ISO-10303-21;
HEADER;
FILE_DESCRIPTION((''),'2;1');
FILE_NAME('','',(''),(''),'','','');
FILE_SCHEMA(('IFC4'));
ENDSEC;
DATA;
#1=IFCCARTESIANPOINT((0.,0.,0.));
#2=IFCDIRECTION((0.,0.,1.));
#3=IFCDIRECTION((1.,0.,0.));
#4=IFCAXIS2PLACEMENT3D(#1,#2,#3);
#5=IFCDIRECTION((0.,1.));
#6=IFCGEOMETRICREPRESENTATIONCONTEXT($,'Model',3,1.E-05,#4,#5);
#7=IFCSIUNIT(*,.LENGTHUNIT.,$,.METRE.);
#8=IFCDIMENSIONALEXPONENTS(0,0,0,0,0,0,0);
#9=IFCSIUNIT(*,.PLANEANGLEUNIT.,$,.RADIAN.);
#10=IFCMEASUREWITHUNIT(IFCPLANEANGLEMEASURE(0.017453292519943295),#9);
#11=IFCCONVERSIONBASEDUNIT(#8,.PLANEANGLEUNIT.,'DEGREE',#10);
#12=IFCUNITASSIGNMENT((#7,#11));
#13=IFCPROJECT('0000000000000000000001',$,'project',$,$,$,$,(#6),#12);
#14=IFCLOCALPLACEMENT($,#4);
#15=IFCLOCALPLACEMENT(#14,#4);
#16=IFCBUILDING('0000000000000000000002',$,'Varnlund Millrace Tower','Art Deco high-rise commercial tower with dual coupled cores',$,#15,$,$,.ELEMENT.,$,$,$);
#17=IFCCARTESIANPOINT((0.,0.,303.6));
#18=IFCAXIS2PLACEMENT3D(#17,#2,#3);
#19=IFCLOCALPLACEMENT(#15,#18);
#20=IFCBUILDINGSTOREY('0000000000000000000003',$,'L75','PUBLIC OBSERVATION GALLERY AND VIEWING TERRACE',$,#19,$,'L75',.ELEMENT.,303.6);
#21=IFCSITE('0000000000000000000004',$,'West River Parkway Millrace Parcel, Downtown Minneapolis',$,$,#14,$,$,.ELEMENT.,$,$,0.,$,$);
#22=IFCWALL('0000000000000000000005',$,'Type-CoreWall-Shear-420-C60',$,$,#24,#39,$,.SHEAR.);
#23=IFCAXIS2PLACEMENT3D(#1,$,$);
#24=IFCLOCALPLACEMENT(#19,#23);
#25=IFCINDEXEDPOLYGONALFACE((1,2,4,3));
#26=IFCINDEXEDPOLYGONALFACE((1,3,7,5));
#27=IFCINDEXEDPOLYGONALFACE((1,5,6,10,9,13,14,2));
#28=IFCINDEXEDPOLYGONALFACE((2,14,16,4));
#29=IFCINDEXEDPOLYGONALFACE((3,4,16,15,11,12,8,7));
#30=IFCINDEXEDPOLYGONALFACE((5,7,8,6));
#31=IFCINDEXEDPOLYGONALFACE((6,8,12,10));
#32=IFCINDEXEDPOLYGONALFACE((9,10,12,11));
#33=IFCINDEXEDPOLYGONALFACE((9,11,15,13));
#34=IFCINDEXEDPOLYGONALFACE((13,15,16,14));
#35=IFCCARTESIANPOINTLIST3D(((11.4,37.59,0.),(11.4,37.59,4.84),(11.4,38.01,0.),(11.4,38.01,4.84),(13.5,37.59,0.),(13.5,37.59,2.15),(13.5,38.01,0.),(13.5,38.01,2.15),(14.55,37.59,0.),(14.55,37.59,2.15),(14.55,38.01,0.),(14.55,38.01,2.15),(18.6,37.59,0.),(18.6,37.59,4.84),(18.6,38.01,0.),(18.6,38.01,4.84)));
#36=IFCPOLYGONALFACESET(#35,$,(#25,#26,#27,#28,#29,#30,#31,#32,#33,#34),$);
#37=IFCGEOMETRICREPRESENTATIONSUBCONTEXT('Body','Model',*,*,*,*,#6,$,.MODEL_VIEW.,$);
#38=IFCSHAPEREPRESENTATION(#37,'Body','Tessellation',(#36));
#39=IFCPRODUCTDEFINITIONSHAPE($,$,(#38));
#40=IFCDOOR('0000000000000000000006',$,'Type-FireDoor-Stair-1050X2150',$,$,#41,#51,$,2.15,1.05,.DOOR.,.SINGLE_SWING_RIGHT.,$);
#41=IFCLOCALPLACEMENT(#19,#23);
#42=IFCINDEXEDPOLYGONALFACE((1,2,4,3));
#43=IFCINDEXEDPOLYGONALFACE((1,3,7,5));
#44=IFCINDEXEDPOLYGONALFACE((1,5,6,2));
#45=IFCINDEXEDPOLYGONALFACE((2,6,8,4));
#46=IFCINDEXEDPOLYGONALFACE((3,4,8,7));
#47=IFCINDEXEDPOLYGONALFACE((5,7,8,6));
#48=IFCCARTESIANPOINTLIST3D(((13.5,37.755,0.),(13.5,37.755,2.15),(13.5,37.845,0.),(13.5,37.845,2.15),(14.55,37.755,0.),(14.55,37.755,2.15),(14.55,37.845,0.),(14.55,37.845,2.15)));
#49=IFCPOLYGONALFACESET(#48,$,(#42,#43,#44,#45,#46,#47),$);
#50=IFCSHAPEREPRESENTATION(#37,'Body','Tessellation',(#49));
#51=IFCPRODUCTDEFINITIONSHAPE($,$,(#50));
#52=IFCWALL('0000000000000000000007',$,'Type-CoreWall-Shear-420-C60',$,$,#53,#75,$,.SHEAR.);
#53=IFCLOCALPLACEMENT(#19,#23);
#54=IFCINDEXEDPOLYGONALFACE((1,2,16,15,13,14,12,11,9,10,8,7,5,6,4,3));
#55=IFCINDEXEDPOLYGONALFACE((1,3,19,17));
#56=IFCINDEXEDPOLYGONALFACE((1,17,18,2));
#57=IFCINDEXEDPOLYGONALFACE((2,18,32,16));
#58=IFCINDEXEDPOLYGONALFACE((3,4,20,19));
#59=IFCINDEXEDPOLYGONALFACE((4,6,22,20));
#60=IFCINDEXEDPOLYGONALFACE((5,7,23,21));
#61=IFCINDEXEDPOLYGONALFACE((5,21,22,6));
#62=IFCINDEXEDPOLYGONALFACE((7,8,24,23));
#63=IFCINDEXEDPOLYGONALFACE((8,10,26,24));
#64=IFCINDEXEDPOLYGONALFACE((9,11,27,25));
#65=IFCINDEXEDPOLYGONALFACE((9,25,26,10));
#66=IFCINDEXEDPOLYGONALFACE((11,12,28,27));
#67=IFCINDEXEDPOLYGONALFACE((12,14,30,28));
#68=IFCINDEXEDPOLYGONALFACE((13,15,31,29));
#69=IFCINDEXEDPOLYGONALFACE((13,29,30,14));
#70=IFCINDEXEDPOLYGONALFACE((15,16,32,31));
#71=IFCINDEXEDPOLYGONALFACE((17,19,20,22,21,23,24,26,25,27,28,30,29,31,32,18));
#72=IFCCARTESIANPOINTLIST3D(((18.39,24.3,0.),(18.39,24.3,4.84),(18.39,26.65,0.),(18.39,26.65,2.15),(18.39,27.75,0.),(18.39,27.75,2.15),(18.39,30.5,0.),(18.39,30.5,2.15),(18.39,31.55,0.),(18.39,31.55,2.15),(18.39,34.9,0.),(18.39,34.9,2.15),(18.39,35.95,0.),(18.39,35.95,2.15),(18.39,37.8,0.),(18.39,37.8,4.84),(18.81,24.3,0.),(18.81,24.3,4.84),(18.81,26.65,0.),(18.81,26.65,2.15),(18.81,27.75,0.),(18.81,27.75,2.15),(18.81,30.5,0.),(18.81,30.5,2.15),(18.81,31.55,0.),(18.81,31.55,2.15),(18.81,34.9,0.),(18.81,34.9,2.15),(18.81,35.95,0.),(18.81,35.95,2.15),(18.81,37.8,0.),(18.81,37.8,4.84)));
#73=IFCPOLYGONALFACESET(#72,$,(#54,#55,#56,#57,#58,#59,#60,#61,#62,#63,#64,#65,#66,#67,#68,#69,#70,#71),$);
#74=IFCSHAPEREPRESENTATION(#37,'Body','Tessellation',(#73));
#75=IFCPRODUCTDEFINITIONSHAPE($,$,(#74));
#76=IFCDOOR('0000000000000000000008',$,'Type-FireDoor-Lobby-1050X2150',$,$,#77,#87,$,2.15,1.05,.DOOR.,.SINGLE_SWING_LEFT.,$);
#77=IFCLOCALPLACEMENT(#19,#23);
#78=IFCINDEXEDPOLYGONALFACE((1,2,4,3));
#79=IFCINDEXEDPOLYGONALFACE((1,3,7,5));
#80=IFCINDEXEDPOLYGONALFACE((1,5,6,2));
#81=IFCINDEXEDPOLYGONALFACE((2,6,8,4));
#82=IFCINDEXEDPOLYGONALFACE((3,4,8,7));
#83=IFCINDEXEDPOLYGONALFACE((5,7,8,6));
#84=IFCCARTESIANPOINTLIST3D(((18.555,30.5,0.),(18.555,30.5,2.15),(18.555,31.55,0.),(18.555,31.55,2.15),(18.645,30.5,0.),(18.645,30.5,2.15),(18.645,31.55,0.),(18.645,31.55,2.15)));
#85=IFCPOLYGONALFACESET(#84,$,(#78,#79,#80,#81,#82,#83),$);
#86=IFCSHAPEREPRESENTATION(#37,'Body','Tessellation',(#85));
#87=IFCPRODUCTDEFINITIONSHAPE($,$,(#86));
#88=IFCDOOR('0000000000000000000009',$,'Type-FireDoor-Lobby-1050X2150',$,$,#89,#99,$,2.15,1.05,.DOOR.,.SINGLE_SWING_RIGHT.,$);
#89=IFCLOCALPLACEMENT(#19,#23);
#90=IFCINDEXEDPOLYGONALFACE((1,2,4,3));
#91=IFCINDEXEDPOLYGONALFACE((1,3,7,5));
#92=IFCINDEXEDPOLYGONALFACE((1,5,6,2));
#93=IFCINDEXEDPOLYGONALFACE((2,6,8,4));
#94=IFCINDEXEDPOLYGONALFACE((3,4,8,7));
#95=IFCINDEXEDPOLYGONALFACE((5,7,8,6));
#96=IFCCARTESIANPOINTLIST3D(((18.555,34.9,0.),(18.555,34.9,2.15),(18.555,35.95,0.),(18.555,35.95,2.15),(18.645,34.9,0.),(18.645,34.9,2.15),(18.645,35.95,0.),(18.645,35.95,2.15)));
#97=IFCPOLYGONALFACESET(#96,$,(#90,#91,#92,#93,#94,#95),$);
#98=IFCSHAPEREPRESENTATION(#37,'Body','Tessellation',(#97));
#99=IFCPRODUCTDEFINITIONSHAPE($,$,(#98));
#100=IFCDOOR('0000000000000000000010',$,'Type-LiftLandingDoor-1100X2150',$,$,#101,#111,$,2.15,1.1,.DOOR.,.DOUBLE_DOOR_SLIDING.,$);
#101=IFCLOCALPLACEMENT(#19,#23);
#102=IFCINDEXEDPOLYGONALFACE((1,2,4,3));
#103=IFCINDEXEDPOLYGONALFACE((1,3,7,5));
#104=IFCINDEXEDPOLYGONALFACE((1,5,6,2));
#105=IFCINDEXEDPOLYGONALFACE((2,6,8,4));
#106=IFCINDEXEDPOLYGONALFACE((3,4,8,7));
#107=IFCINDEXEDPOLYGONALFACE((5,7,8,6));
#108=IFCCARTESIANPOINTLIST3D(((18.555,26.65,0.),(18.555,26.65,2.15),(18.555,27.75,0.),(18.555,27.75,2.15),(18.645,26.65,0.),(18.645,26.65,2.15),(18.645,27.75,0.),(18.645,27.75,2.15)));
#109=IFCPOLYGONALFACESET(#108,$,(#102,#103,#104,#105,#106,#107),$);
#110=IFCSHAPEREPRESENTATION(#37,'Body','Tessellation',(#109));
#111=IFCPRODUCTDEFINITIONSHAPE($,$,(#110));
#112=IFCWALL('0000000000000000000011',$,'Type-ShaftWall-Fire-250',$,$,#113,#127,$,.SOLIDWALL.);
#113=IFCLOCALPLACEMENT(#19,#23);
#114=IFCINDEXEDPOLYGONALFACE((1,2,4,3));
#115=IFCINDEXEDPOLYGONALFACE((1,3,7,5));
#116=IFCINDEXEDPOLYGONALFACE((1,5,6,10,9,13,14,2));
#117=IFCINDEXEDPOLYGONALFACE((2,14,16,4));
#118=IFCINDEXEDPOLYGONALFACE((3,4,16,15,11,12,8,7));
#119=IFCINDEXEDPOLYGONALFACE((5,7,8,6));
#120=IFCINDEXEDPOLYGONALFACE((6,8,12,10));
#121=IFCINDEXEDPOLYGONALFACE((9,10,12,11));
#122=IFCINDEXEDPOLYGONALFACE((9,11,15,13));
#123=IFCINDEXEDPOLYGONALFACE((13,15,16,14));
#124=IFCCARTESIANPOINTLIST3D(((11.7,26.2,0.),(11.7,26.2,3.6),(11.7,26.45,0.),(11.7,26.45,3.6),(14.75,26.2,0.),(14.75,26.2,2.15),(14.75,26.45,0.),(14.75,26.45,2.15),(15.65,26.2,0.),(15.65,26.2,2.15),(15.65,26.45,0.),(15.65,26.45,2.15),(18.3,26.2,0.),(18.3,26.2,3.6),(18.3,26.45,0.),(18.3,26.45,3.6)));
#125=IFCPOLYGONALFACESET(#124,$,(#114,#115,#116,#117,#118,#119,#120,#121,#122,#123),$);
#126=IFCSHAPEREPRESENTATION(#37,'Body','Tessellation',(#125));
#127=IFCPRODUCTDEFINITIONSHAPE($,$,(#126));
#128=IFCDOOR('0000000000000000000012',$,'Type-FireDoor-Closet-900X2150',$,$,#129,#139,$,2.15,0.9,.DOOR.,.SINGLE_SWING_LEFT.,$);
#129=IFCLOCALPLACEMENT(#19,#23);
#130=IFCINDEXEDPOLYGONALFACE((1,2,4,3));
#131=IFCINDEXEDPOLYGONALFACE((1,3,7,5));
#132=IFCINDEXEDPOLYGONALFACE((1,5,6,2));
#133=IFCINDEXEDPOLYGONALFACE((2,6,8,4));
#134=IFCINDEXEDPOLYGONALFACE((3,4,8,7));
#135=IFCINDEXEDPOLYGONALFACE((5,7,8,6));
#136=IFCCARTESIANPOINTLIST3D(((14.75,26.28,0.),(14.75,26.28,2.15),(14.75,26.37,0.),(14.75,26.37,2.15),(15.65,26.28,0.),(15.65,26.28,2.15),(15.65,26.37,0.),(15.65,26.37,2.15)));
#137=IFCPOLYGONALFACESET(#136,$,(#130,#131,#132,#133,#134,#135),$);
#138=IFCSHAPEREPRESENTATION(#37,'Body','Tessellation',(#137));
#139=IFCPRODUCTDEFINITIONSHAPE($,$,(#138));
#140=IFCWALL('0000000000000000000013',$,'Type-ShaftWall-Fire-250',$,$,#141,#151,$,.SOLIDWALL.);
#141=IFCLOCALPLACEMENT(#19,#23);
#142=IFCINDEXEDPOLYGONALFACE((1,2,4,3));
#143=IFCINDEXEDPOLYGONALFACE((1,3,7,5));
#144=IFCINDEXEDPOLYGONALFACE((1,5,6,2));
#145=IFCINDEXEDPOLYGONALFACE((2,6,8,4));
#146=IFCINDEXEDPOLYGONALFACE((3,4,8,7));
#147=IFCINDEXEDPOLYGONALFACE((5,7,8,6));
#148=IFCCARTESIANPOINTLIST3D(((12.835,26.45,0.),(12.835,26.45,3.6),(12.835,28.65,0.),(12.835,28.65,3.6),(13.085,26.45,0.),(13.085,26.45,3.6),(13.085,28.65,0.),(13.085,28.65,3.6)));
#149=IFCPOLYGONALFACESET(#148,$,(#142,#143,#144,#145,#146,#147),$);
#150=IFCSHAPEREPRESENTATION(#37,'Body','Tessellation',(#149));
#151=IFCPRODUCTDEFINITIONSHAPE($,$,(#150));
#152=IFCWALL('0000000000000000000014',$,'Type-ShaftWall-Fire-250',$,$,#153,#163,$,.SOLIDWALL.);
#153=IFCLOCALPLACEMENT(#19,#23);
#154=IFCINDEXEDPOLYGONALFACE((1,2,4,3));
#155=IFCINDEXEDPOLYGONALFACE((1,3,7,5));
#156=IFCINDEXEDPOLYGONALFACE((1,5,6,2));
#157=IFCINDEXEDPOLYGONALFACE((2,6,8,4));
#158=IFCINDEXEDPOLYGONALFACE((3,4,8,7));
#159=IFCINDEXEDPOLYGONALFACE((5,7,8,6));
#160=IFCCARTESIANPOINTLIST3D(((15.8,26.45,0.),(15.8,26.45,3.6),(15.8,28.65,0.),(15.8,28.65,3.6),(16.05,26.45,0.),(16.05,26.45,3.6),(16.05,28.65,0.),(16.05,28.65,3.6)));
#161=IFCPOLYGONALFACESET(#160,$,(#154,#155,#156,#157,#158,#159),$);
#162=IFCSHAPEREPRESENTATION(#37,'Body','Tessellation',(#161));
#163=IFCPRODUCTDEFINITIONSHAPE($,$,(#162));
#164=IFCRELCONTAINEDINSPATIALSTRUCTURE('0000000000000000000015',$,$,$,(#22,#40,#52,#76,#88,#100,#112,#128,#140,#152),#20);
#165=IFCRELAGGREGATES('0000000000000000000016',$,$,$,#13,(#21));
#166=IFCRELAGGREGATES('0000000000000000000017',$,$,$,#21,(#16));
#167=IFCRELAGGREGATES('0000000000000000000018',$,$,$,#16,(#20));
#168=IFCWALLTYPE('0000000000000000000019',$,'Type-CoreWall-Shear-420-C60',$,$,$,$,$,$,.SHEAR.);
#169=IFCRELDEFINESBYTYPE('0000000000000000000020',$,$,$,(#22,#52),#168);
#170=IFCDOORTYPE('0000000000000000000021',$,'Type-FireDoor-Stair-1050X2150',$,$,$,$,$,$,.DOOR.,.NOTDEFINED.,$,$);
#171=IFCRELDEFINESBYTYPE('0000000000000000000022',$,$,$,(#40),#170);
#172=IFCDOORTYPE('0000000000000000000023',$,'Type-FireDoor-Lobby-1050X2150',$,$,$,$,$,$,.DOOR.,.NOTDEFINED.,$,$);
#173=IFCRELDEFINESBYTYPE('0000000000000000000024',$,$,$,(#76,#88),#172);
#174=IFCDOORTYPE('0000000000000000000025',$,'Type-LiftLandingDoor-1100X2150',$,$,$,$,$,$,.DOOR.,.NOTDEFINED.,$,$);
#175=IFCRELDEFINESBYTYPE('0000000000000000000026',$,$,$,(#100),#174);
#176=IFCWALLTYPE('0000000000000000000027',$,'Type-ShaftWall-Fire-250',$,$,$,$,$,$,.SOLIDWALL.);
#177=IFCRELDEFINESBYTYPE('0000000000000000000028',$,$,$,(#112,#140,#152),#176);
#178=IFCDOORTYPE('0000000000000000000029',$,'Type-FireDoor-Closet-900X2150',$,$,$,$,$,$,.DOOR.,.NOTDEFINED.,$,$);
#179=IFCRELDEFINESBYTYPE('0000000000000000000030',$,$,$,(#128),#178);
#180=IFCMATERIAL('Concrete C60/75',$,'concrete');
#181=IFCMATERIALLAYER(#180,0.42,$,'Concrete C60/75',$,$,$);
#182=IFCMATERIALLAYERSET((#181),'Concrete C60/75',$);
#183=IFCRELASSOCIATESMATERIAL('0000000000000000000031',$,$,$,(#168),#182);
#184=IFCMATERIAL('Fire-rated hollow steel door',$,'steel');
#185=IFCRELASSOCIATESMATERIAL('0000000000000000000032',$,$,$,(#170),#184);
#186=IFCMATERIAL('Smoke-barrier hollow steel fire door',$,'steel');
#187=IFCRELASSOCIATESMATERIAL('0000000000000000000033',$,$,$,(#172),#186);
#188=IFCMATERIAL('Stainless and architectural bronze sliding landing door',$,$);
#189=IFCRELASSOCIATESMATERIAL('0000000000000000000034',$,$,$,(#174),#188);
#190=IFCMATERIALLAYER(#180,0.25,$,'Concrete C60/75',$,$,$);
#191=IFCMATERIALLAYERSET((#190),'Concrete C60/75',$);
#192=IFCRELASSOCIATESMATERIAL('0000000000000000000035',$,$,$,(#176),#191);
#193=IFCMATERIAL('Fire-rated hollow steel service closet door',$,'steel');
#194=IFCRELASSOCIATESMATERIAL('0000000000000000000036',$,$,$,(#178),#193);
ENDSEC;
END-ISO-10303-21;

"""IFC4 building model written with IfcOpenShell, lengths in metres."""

from ifc_helpers import new_model, entity, si_unit, converted_unit, direction, frame, origin_with_axes, origin_2d_with_axis, place, context, subcontext, project, spatial, polyline, rectangle, outline, extrude, material, layer, layer_set, type_object, element, fill, save


model = new_model("IFC4")

# Units and contexts
model_context = context("Model", 3, precision=1e-05, world=origin_with_axes(), true_north=direction((0.0, 1.0)))
body_context = subcontext(model_context, "Body", "Model", "MODEL_VIEW")
ifc_project = project(units=[si_unit("LENGTHUNIT", "METRE"), converted_unit("PLANEANGLEUNIT", "DEGREE", entity("IfcPlaneAngleMeasure", 0.017453292519943295), si_unit("PLANEANGLEUNIT", "RADIAN"), dimensions=[0, 0, 0, 0, 0, 0, 0])], contexts=[model_context])

# Site, building, storey
site_placement = place(None, origin_with_axes())
site = spatial("IfcSite", under=ifc_project, at=site_placement, Name="West River Parkway Millrace Parcel, Downtown Minneapolis", CompositionType="ELEMENT", RefElevation=0.0)
building_placement = place(site_placement, origin_with_axes())
building = spatial("IfcBuilding", under=site, at=building_placement, Name="Varnlund Millrace Tower", Description="Art Deco high-rise commercial tower with dual coupled cores", CompositionType="ELEMENT")
storey_placement = place(building_placement, frame((0.0, 0.0, 303.6), z_axis=(0.0, 0.0, 1.0), x_axis=(1.0, 0.0, 0.0)))
storey = spatial("IfcBuildingStorey", under=building, at=storey_placement, Name="L75", Description="PUBLIC OBSERVATION GALLERY AND VIEWING TERRACE", LongName="L75", CompositionType="ELEMENT", Elevation=303.6)

# Wall, opening, door
ifc_material_1 = material(Name="Concrete C60/75", Category="concrete")
ifc_layer_1 = layer(ifc_material_1, 0.42, Name="Concrete C60/75")
ifc_layer_set_1 = layer_set([ifc_layer_1], Name="Concrete C60/75")
wall_type_1 = type_object("IfcWallType", Name="Type-CoreWall-Shear-420-C60", PredefinedType="SHEAR", material=ifc_layer_set_1)
wall_1_placement = place(storey_placement, frame((11.4, 37.8, 0.0), z_axis=(0.0, 0.0, 1.0), x_axis=(1.0, 0.0, 0.0)))
wall_1 = element("IfcWall", 1, at=wall_1_placement, inside=storey, type_object=wall_type_1, Name="Type-CoreWall-Shear-420-C60", PredefinedType="SHEAR", context=body_context, shape_type="SweptSolid", body=[
    extrude(outline(polyline([(0.0, -0.21), (7.2, -0.21), (7.2, 0.21), (0.0, 0.21), (0.0, -0.21)])), origin_with_axes(), (0.0, 0.0, 1.0), 4.84),
])
opening_1_placement = place(wall_1_placement, frame((2.625, 0.0, 0.0), z_axis=(0.0, 0.0, 1.0), x_axis=(1.0, 0.0, 0.0)))
opening_1 = element("IfcOpeningElement", 2, at=opening_1_placement, cuts=wall_1, PredefinedType="OPENING", context=body_context, shape_type="SweptSolid", body=[
    extrude(rectangle(XDim=1.05, YDim=0.44, at=origin_2d_with_axis()), origin_with_axes(), (0.0, 0.0, 1.0), 2.15),
])
ifc_material_2 = material(Name="Fire-rated hollow steel door", Category="steel")
door_type_1 = type_object("IfcDoorType", Name="Type-FireDoor-Stair-1050X2150", OperationType="NOTDEFINED", PredefinedType="DOOR", material=ifc_material_2)
door_1_placement = place(wall_1_placement, frame((2.625, 0.0, 0.0), z_axis=(0.0, 0.0, 1.0), x_axis=(1.0, 0.0, 0.0)))
door_1 = element("IfcDoor", 3, at=door_1_placement, inside=storey, type_object=door_type_1, Name="Type-FireDoor-Stair-1050X2150", OperationType="SINGLE_SWING_RIGHT", OverallHeight=2.15, OverallWidth=1.05, PredefinedType="DOOR", context=body_context, shape_type="SweptSolid", body=[
    extrude(rectangle(XDim=1.05, YDim=0.09, at=origin_2d_with_axis()), origin_with_axes(), (0.0, 0.0, 1.0), 2.15),
])
fill(opening_1, door_1)

# Wall, openings, doors
wall_2_placement = place(storey_placement, frame((18.6, 24.3, 0.0), z_axis=(0.0, 0.0, 1.0), x_axis=(0.0, 1.0, 0.0)))
wall_2 = element("IfcWall", 4, at=wall_2_placement, inside=storey, type_object=wall_type_1, Name="Type-CoreWall-Shear-420-C60", PredefinedType="SHEAR", context=body_context, shape_type="SweptSolid", body=[
    extrude(outline(polyline([(0.0, -0.21), (13.5, -0.21), (13.5, 0.21), (0.0, 0.21), (0.0, -0.21)])), origin_with_axes(), (0.0, 0.0, 1.0), 4.84),
])
opening_2_placement = place(wall_2_placement, frame((2.9, 0.0, 0.0), z_axis=(0.0, 0.0, 1.0), x_axis=(1.0, 0.0, 0.0)))
opening_2 = element("IfcOpeningElement", 5, at=opening_2_placement, cuts=wall_2, PredefinedType="OPENING", context=body_context, shape_type="SweptSolid", body=[
    extrude(rectangle(XDim=1.1, YDim=0.44, at=origin_2d_with_axis()), origin_with_axes(), (0.0, 0.0, 1.0), 2.15),
])
opening_3_placement = place(wall_2_placement, frame((6.725, 0.0, 0.0), z_axis=(0.0, 0.0, 1.0), x_axis=(1.0, 0.0, 0.0)))
opening_3 = element("IfcOpeningElement", 6, at=opening_3_placement, cuts=wall_2, PredefinedType="OPENING", context=body_context, shape_type="SweptSolid", body=[
    extrude(rectangle(XDim=1.05, YDim=0.44, at=origin_2d_with_axis()), origin_with_axes(), (0.0, 0.0, 1.0), 2.15),
])
opening_4_placement = place(wall_2_placement, frame((11.125, 0.0, 0.0), z_axis=(0.0, 0.0, 1.0), x_axis=(1.0, 0.0, 0.0)))
opening_4 = element("IfcOpeningElement", 7, at=opening_4_placement, cuts=wall_2, PredefinedType="OPENING", context=body_context, shape_type="SweptSolid", body=[
    extrude(rectangle(XDim=1.05, YDim=0.44, at=origin_2d_with_axis()), origin_with_axes(), (0.0, 0.0, 1.0), 2.15),
])
ifc_material_3 = material(Name="Smoke-barrier hollow steel fire door", Category="steel")
door_type_2 = type_object("IfcDoorType", Name="Type-FireDoor-Lobby-1050X2150", OperationType="NOTDEFINED", PredefinedType="DOOR", material=ifc_material_3)
door_2_placement = place(wall_2_placement, frame((6.725, 0.0, 0.0), z_axis=(0.0, 0.0, 1.0), x_axis=(1.0, 0.0, 0.0)))
door_2 = element("IfcDoor", 8, at=door_2_placement, inside=storey, type_object=door_type_2, Name="Type-FireDoor-Lobby-1050X2150", OperationType="SINGLE_SWING_LEFT", OverallHeight=2.15, OverallWidth=1.05, PredefinedType="DOOR", context=body_context, shape_type="SweptSolid", body=[
    extrude(rectangle(XDim=1.05, YDim=0.09, at=origin_2d_with_axis()), origin_with_axes(), (0.0, 0.0, 1.0), 2.15),
])
fill(opening_3, door_2)
door_3_placement = place(wall_2_placement, frame((11.125, 0.0, 0.0), z_axis=(0.0, 0.0, 1.0), x_axis=(1.0, 0.0, 0.0)))
door_3 = element("IfcDoor", 9, at=door_3_placement, inside=storey, type_object=door_type_2, Name="Type-FireDoor-Lobby-1050X2150", OperationType="SINGLE_SWING_RIGHT", OverallHeight=2.15, OverallWidth=1.05, PredefinedType="DOOR", context=body_context, shape_type="SweptSolid", body=[
    extrude(rectangle(XDim=1.05, YDim=0.09, at=origin_2d_with_axis()), origin_with_axes(), (0.0, 0.0, 1.0), 2.15),
])
fill(opening_4, door_3)
ifc_material_4 = material(Name="Stainless and architectural bronze sliding landing door")
door_type_3 = type_object("IfcDoorType", Name="Type-LiftLandingDoor-1100X2150", OperationType="NOTDEFINED", PredefinedType="DOOR", material=ifc_material_4)
door_4_placement = place(wall_2_placement, frame((2.9, 0.0, 0.0), z_axis=(0.0, 0.0, 1.0), x_axis=(1.0, 0.0, 0.0)))
door_4 = element("IfcDoor", 10, at=door_4_placement, inside=storey, type_object=door_type_3, Name="Type-LiftLandingDoor-1100X2150", OperationType="DOUBLE_DOOR_SLIDING", OverallHeight=2.15, OverallWidth=1.1, PredefinedType="DOOR", context=body_context, shape_type="SweptSolid", body=[
    extrude(rectangle(XDim=1.1, YDim=0.09, at=origin_2d_with_axis()), origin_with_axes(), (0.0, 0.0, 1.0), 2.15),
])
fill(opening_2, door_4)

# Wall, opening, door
ifc_layer_2 = layer(ifc_material_1, 0.25, Name="Concrete C60/75")
ifc_layer_set_2 = layer_set([ifc_layer_2], Name="Concrete C60/75")
wall_type_2 = type_object("IfcWallType", Name="Type-ShaftWall-Fire-250", PredefinedType="SOLIDWALL", material=ifc_layer_set_2)
wall_3_placement = place(storey_placement, frame((11.7, 26.325, 0.0), z_axis=(0.0, 0.0, 1.0), x_axis=(1.0, 0.0, 0.0)))
wall_3 = element("IfcWall", 11, at=wall_3_placement, inside=storey, type_object=wall_type_2, Name="Type-ShaftWall-Fire-250", PredefinedType="SOLIDWALL", context=body_context, shape_type="SweptSolid", body=[
    extrude(outline(polyline([(0.0, -0.125), (6.6, -0.125), (6.6, 0.125), (0.0, 0.125), (0.0, -0.125)])), origin_with_axes(), (0.0, 0.0, 1.0), 3.6),
])
opening_5_placement = place(wall_3_placement, frame((3.5, 0.0, 0.0), z_axis=(0.0, 0.0, 1.0), x_axis=(1.0, 0.0, 0.0)))
opening_5 = element("IfcOpeningElement", 12, at=opening_5_placement, cuts=wall_3, PredefinedType="OPENING", context=body_context, shape_type="SweptSolid", body=[
    extrude(rectangle(XDim=0.9, YDim=0.27, at=origin_2d_with_axis()), origin_with_axes(), (0.0, 0.0, 1.0), 2.15),
])
ifc_material_5 = material(Name="Fire-rated hollow steel service closet door", Category="steel")
door_type_4 = type_object("IfcDoorType", Name="Type-FireDoor-Closet-900X2150", OperationType="NOTDEFINED", PredefinedType="DOOR", material=ifc_material_5)
door_5_placement = place(wall_3_placement, frame((3.5, 0.0, 0.0), z_axis=(0.0, 0.0, 1.0), x_axis=(1.0, 0.0, 0.0)))
door_5 = element("IfcDoor", 13, at=door_5_placement, inside=storey, type_object=door_type_4, Name="Type-FireDoor-Closet-900X2150", OperationType="SINGLE_SWING_LEFT", OverallHeight=2.15, OverallWidth=0.9, PredefinedType="DOOR", context=body_context, shape_type="SweptSolid", body=[
    extrude(rectangle(XDim=0.9, YDim=0.09, at=origin_2d_with_axis()), origin_with_axes(), (0.0, 0.0, 1.0), 2.15),
])
fill(opening_5, door_5)

# Walls
for number, where, z_axis, x_axis, name in (
    (14, (12.96, 26.45, 0.0), (0.0, 0.0, 1.0), (0.0, 1.0, 0.0), "Type-ShaftWall-Fire-250"),
    (15, (15.925, 26.45, 0.0), (0.0, 0.0, 1.0), (0.0, 1.0, 0.0), "Type-ShaftWall-Fire-250"),
):
    element("IfcWall", number, at=place(storey_placement, frame(where, z_axis=z_axis, x_axis=x_axis)), inside=storey, type_object=wall_type_2, Name=name, PredefinedType="SOLIDWALL", context=body_context, shape_type="SweptSolid", body=[
        extrude(outline(polyline([(0.0, -0.125), (2.2, -0.125), (2.2, 0.125), (0.0, 0.125), (0.0, -0.125)])), origin_with_axes(), (0.0, 0.0, 1.0), 3.6),
    ])

save(model, "model.ifc")
